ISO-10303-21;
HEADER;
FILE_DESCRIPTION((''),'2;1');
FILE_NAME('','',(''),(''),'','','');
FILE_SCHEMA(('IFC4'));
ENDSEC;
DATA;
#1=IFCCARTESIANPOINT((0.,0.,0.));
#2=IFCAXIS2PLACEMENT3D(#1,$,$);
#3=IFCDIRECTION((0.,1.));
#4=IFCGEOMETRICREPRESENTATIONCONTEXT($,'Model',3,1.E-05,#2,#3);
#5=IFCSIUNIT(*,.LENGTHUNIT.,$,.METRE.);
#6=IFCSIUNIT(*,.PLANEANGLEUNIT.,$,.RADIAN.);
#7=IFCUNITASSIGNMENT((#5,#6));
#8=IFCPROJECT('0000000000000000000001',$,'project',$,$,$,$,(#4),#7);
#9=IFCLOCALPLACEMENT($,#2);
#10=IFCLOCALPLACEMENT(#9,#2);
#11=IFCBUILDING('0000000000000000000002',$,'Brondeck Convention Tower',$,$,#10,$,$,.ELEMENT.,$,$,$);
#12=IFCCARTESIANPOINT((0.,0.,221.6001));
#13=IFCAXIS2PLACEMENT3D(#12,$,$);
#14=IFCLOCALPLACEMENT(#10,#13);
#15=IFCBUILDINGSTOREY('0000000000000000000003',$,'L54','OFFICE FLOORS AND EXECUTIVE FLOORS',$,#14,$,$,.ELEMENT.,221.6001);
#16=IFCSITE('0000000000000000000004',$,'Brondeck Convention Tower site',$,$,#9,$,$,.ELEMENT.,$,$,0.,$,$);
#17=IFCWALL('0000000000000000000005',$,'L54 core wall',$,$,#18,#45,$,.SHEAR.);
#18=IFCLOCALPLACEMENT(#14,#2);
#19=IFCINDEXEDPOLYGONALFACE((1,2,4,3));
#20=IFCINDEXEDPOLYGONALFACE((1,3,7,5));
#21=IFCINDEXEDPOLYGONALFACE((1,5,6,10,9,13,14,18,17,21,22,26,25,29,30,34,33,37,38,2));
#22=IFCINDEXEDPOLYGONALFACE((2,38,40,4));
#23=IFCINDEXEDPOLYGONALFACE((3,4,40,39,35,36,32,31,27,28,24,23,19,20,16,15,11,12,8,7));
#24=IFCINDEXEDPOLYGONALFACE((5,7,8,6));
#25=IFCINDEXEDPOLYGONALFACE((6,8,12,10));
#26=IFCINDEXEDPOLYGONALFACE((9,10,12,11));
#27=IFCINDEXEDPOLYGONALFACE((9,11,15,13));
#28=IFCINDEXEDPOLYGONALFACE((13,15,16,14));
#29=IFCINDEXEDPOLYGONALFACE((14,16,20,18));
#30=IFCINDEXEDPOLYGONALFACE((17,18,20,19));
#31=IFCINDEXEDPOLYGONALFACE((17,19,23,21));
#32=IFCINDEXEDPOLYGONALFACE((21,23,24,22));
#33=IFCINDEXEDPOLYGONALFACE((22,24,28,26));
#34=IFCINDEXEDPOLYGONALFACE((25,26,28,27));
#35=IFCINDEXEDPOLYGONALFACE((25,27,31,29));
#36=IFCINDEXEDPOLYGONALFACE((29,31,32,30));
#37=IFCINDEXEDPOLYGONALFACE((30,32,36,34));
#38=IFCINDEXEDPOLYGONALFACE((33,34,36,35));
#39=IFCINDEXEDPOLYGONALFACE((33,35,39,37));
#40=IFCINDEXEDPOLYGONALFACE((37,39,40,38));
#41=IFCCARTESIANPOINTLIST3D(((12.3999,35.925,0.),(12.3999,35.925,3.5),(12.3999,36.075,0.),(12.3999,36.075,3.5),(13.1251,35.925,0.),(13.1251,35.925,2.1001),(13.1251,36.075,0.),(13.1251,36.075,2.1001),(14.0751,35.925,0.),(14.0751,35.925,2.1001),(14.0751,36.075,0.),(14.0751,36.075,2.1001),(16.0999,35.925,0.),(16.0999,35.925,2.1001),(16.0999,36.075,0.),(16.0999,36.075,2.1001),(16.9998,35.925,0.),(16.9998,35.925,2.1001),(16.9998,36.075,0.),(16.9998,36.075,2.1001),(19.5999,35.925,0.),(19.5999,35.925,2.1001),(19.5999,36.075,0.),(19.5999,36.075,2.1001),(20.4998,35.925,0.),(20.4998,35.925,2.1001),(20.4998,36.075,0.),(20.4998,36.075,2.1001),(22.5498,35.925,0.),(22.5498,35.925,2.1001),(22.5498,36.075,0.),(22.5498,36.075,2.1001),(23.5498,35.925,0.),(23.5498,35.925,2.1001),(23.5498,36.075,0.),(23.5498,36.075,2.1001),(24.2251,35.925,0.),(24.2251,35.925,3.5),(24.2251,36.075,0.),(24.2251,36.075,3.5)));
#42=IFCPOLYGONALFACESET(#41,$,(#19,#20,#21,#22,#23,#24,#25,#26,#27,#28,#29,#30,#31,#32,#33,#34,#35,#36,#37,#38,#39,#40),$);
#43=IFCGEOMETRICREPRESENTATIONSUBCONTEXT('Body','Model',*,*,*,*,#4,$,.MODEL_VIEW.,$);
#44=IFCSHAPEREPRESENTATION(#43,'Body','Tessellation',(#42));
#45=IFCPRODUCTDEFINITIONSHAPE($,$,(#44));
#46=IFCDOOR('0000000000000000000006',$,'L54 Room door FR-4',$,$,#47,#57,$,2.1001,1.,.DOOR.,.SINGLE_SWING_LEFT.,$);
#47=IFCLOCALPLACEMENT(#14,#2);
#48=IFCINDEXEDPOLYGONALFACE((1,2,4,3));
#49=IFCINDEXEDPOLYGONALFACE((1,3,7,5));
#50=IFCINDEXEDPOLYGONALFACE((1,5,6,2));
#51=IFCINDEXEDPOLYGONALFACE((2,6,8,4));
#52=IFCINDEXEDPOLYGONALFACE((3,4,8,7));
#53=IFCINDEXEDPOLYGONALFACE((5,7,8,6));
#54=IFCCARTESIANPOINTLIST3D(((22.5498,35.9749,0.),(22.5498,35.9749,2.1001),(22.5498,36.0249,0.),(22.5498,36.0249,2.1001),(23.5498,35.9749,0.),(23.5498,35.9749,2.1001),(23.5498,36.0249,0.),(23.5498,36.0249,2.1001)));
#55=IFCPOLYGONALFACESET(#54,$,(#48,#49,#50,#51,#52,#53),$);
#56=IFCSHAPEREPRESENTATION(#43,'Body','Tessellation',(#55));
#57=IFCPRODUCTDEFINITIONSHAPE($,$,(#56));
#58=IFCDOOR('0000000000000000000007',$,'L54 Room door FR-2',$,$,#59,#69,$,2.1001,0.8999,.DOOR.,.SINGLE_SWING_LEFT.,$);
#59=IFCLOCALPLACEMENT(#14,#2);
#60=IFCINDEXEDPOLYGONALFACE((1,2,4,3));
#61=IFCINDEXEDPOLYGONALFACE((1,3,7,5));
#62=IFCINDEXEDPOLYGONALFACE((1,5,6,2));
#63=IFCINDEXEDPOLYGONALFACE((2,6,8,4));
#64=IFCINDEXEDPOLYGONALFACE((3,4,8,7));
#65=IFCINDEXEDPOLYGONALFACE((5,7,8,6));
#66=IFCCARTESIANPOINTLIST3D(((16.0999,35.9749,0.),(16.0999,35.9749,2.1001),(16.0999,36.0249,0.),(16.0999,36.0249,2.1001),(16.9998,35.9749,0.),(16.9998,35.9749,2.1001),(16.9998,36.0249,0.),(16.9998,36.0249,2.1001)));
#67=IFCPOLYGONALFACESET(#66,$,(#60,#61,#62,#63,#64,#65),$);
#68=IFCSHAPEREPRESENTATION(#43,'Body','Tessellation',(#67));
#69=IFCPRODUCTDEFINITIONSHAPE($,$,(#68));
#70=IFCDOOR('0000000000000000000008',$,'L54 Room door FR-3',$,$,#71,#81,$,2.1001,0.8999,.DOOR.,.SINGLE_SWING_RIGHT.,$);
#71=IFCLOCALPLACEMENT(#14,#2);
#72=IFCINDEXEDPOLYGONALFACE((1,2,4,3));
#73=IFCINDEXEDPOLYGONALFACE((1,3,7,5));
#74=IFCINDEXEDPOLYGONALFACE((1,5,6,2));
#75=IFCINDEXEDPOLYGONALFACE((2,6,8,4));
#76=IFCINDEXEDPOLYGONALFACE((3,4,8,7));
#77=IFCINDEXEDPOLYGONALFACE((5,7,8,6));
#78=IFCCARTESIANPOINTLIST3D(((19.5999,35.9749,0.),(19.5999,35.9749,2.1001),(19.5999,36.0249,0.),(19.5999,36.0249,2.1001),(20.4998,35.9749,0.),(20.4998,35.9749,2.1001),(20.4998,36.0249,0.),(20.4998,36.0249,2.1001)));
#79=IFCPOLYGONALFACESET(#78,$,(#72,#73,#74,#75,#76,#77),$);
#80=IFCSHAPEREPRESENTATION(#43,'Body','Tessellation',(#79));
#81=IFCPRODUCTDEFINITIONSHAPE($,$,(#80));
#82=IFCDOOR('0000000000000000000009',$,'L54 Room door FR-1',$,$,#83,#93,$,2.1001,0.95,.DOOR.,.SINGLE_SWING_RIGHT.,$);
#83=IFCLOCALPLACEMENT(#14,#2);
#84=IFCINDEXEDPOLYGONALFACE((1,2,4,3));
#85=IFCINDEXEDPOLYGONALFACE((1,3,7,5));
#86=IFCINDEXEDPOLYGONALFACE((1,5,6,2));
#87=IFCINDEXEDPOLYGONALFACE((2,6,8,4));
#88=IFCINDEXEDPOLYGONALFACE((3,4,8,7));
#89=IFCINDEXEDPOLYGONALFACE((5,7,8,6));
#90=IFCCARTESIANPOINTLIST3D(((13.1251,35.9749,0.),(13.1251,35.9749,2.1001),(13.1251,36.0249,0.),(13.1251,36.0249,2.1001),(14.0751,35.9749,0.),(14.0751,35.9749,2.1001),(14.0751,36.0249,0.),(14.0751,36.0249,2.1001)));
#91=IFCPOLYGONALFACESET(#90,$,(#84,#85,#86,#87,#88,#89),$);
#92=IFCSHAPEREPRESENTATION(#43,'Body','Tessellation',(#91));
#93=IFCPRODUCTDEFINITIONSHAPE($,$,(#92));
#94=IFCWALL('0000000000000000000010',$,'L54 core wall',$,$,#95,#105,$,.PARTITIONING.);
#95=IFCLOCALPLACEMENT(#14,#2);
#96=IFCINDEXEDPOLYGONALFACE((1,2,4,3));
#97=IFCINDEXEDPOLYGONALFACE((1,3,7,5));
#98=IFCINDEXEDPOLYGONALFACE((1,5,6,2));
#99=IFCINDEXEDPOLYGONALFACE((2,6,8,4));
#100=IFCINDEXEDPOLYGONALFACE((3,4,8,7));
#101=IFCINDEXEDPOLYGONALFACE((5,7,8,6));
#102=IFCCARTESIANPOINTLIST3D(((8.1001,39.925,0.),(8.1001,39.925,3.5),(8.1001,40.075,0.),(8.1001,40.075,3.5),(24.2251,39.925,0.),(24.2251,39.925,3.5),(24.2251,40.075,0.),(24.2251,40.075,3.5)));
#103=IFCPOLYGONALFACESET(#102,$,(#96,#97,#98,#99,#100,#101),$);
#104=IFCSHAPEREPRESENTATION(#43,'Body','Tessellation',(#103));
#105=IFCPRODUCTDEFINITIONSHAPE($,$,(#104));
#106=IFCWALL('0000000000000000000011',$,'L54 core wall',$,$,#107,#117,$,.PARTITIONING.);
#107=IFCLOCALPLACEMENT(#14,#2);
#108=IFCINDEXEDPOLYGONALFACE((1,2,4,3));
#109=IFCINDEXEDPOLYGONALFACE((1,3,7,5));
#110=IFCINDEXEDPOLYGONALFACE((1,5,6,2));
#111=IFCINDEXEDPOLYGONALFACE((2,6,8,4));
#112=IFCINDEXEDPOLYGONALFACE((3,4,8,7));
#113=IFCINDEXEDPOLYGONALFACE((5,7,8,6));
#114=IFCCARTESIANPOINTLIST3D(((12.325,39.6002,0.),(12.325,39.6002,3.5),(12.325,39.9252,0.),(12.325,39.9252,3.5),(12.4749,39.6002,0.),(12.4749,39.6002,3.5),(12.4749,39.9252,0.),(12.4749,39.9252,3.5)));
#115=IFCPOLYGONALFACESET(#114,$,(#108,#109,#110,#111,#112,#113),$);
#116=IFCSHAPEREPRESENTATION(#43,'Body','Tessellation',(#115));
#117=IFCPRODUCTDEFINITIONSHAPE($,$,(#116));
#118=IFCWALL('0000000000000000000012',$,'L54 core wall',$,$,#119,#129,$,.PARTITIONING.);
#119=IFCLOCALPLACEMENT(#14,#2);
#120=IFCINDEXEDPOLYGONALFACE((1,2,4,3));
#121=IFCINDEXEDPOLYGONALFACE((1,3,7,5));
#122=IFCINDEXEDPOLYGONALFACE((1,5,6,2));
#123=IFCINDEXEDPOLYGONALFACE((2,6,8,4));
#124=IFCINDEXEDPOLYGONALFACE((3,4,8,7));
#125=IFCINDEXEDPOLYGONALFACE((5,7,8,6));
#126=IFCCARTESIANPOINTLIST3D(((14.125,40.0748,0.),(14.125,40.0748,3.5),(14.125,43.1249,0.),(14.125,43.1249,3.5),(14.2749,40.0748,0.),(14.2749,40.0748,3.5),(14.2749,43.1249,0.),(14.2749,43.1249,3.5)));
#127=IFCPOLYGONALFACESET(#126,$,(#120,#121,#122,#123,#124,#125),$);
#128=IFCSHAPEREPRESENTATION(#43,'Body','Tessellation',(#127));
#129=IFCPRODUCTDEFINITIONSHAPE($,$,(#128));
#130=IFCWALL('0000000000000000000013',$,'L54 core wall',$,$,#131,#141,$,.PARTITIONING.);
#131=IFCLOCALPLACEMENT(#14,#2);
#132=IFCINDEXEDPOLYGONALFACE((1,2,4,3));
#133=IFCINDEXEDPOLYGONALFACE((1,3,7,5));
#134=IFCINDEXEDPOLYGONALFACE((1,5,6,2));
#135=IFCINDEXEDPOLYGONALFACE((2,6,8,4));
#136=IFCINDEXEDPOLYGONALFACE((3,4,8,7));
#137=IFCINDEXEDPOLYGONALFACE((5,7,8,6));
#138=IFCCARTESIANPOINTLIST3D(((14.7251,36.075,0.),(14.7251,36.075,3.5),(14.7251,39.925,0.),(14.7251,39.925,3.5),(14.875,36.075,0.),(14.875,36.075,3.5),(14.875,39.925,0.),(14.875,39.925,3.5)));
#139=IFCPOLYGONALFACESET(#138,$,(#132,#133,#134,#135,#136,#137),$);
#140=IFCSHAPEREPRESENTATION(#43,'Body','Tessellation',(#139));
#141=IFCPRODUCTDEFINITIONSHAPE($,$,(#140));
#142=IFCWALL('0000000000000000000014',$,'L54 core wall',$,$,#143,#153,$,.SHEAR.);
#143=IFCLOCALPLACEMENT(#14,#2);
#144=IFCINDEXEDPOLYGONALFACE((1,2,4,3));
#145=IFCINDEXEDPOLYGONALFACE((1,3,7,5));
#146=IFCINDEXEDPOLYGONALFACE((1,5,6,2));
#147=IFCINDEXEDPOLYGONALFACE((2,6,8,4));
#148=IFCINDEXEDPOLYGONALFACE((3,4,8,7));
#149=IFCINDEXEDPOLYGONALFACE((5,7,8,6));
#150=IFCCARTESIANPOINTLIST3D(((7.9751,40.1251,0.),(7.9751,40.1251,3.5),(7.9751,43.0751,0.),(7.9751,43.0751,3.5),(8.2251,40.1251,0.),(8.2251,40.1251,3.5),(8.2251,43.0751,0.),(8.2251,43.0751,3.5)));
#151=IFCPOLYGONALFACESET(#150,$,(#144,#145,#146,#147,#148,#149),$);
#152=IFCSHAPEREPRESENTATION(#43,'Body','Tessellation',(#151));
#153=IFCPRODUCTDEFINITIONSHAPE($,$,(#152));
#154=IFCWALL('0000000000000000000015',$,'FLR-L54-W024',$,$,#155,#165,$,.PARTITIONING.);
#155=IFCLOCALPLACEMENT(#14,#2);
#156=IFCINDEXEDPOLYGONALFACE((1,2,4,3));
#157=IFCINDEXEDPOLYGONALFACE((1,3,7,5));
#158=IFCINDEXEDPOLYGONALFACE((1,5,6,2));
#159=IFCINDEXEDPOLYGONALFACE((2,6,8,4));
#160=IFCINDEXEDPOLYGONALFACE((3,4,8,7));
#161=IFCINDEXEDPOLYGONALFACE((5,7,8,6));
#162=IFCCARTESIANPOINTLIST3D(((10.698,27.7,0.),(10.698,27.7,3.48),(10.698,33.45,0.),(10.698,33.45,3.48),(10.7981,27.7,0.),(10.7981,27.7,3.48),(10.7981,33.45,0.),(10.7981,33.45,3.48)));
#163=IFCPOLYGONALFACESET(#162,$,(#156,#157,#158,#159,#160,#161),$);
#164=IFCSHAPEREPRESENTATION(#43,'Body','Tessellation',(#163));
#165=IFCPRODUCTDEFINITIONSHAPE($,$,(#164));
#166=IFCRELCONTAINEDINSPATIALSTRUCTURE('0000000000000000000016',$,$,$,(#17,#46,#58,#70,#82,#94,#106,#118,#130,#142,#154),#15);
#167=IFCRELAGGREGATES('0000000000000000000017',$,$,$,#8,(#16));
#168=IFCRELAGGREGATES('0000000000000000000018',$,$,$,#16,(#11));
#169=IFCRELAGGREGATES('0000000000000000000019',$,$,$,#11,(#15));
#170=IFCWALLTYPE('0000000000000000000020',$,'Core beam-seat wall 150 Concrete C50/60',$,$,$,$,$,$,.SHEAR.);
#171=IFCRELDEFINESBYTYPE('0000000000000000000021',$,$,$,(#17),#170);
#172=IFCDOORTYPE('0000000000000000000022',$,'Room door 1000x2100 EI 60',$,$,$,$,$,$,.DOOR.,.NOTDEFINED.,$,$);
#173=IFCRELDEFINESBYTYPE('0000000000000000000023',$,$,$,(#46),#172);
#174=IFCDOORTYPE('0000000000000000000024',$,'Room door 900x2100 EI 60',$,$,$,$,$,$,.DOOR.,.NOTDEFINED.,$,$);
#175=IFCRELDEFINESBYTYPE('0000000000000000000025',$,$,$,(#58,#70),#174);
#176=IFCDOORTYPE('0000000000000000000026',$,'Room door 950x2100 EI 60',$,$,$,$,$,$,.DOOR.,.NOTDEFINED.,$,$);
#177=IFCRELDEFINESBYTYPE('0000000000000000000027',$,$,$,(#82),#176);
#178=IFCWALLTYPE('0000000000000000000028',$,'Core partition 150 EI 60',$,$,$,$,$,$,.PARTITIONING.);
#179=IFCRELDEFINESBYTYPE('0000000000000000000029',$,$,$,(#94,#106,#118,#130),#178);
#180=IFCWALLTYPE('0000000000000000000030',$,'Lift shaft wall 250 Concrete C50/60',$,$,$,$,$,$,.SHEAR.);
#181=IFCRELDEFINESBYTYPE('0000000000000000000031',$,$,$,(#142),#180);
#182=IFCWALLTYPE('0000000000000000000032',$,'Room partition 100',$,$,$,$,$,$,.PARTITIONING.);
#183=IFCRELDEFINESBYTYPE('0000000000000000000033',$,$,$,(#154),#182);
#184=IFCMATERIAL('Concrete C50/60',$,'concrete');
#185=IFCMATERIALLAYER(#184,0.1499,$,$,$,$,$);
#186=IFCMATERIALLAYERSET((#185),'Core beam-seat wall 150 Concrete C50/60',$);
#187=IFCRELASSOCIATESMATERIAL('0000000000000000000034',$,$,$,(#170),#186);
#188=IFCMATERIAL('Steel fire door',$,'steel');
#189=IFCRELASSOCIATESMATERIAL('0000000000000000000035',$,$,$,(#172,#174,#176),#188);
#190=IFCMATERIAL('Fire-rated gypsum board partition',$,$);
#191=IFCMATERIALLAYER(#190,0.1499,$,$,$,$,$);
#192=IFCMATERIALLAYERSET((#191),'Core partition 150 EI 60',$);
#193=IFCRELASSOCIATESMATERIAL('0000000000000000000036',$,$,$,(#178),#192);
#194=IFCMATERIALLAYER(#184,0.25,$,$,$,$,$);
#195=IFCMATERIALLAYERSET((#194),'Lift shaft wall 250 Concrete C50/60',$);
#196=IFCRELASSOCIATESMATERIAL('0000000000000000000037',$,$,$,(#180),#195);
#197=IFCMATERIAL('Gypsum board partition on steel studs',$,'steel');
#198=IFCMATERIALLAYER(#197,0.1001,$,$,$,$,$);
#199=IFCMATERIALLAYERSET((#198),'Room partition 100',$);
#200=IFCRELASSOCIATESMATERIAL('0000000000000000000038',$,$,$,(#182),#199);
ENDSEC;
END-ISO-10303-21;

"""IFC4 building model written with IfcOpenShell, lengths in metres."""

from ifc_helpers import new_model, si_unit, direction, frame, frame_2d, origin, place, context, subcontext, project, spatial, rectangle, extrude, material, layer, layer_set, type_object, element, fill, save


model = new_model("IFC4")

# Units and contexts
model_context = context("Model", 3, precision=1e-05, world=origin(), true_north=direction((0.0, 1.0)))
body_context = subcontext(model_context, "Body", "Model", "MODEL_VIEW")
ifc_project = project(units=[si_unit("LENGTHUNIT", "METRE"), si_unit("PLANEANGLEUNIT", "RADIAN")], contexts=[model_context])

# Site, building, storey
site_placement = place(None, origin())
site = spatial("IfcSite", under=ifc_project, at=site_placement, Name="Brondeck Convention Tower site", CompositionType="ELEMENT", RefElevation=0.0)
building_placement = place(site_placement, origin())
building = spatial("IfcBuilding", under=site, at=building_placement, Name="Brondeck Convention Tower", CompositionType="ELEMENT")
storey_placement = place(building_placement, frame((0.0, 0.0, 221.6001)))
storey = spatial("IfcBuildingStorey", under=building, at=storey_placement, Name="L54", Description="OFFICE FLOORS AND EXECUTIVE FLOORS", CompositionType="ELEMENT", Elevation=221.6001)

# Shared definitions
ifc_material_1 = material(Name="Concrete C50/60", Category="concrete")

# Wall, openings, doors
ifc_layer_1 = layer(ifc_material_1, 0.1499)
ifc_layer_set_1 = layer_set([ifc_layer_1], Name="Core beam-seat wall 150 Concrete C50/60")
wall_type_1 = type_object("IfcWallType", Name="Core beam-seat wall 150 Concrete C50/60", PredefinedType="SHEAR", material=ifc_layer_set_1)
wall_1_placement = place(storey_placement, frame((12.3999, 36.0, 0.0), z_axis=(0.0, 0.0, 1.0), x_axis=(1.0, 0.0, 0.0)))
wall_1 = element("IfcWall", 1, at=wall_1_placement, inside=storey, type_object=wall_type_1, Name="L54 core wall", PredefinedType="SHEAR", context=body_context, shape_type="SweptSolid", body=[
    extrude(rectangle(XDim=11.8252, YDim=0.1499, at=frame_2d((5.9126, 0.0))), origin(), (0.0, 0.0, 1.0), 3.5),
])
opening_1_placement = place(wall_1_placement, frame((0.7251, 0.0, 0.0)))
opening_1 = element("IfcOpeningElement", 2, at=opening_1_placement, cuts=wall_1, PredefinedType="OPENING", context=body_context, shape_type="SweptSolid", body=[
    extrude(rectangle(XDim=0.95, YDim=2.1001, at=frame_2d((0.4751, 1.05))), frame((0.0, 0.085, 0.0), z_axis=(0.0, -1.0, 0.0), x_axis=(1.0, 0.0, 0.0)), (0.0, 0.0, 1.0), 0.1699),
])
opening_2_placement = place(wall_1_placement, frame((3.7, 0.0, 0.0)))
opening_2 = element("IfcOpeningElement", 3, at=opening_2_placement, cuts=wall_1, PredefinedType="OPENING", context=body_context, shape_type="SweptSolid", body=[
    extrude(rectangle(XDim=0.8999, YDim=2.1001, at=frame_2d((0.45, 1.05))), frame((0.0, 0.085, 0.0), z_axis=(0.0, -1.0, 0.0), x_axis=(1.0, 0.0, 0.0)), (0.0, 0.0, 1.0), 0.1699),
])
opening_3_placement = place(wall_1_placement, frame((7.2, 0.0, 0.0)))
opening_3 = element("IfcOpeningElement", 4, at=opening_3_placement, cuts=wall_1, PredefinedType="OPENING", context=body_context, shape_type="SweptSolid", body=[
    extrude(rectangle(XDim=0.8999, YDim=2.1001, at=frame_2d((0.45, 1.05))), frame((0.0, 0.085, 0.0), z_axis=(0.0, -1.0, 0.0), x_axis=(1.0, 0.0, 0.0)), (0.0, 0.0, 1.0), 0.1699),
])
opening_4_placement = place(wall_1_placement, frame((10.1499, 0.0, 0.0)))
opening_4 = element("IfcOpeningElement", 5, at=opening_4_placement, cuts=wall_1, PredefinedType="OPENING", context=body_context, shape_type="SweptSolid", body=[
    extrude(rectangle(XDim=1.0, YDim=2.1001, at=frame_2d((0.5, 1.05))), frame((0.0, 0.085, 0.0), z_axis=(0.0, -1.0, 0.0), x_axis=(1.0, 0.0, 0.0)), (0.0, 0.0, 1.0), 0.1699),
])
ifc_material_2 = material(Name="Steel fire door", Category="steel")
door_type_1 = type_object("IfcDoorType", Name="Room door 1000x2100 EI 60", OperationType="NOTDEFINED", PredefinedType="DOOR", material=ifc_material_2)
door_1_placement = place(opening_4_placement, origin())
door_1 = element("IfcDoor", 6, at=door_1_placement, inside=storey, type_object=door_type_1, Name="L54 Room door FR-4", OperationType="SINGLE_SWING_LEFT", OverallHeight=2.1001, OverallWidth=1.0, PredefinedType="DOOR", context=body_context, shape_type="SweptSolid", body=[
    extrude(rectangle(XDim=1.0, YDim=2.1001, at=frame_2d((0.5, 1.05))), frame((0.0, 0.0249, 0.0), z_axis=(0.0, -1.0, 0.0), x_axis=(1.0, 0.0, 0.0)), (0.0, 0.0, 1.0), 0.05),
])
fill(opening_4, door_1)
door_type_2 = type_object("IfcDoorType", Name="Room door 900x2100 EI 60", OperationType="NOTDEFINED", PredefinedType="DOOR", material=ifc_material_2)
door_2_placement = place(opening_2_placement, origin())
door_2 = element("IfcDoor", 7, at=door_2_placement, inside=storey, type_object=door_type_2, Name="L54 Room door FR-2", OperationType="SINGLE_SWING_LEFT", OverallHeight=2.1001, OverallWidth=0.8999, PredefinedType="DOOR", context=body_context, shape_type="SweptSolid", body=[
    extrude(rectangle(XDim=0.8999, YDim=2.1001, at=frame_2d((0.45, 1.05))), frame((0.0, 0.0249, 0.0), z_axis=(0.0, -1.0, 0.0), x_axis=(1.0, 0.0, 0.0)), (0.0, 0.0, 1.0), 0.05),
])
fill(opening_2, door_2)
door_3_placement = place(opening_3_placement, origin())
door_3 = element("IfcDoor", 8, at=door_3_placement, inside=storey, type_object=door_type_2, Name="L54 Room door FR-3", OperationType="SINGLE_SWING_RIGHT", OverallHeight=2.1001, OverallWidth=0.8999, PredefinedType="DOOR", context=body_context, shape_type="SweptSolid", body=[
    extrude(rectangle(XDim=0.8999, YDim=2.1001, at=frame_2d((0.45, 1.05))), frame((0.0, 0.0249, 0.0), z_axis=(0.0, -1.0, 0.0), x_axis=(1.0, 0.0, 0.0)), (0.0, 0.0, 1.0), 0.05),
])
fill(opening_3, door_3)
door_type_3 = type_object("IfcDoorType", Name="Room door 950x2100 EI 60", OperationType="NOTDEFINED", PredefinedType="DOOR", material=ifc_material_2)
door_4_placement = place(opening_1_placement, origin())
door_4 = element("IfcDoor", 9, at=door_4_placement, inside=storey, type_object=door_type_3, Name="L54 Room door FR-1", OperationType="SINGLE_SWING_RIGHT", OverallHeight=2.1001, OverallWidth=0.95, PredefinedType="DOOR", context=body_context, shape_type="SweptSolid", body=[
    extrude(rectangle(XDim=0.95, YDim=2.1001, at=frame_2d((0.4751, 1.05))), frame((0.0, 0.0249, 0.0), z_axis=(0.0, -1.0, 0.0), x_axis=(1.0, 0.0, 0.0)), (0.0, 0.0, 1.0), 0.05),
])
fill(opening_1, door_4)

# Walls
ifc_material_3 = material(Name="Fire-rated gypsum board partition")
ifc_layer_2 = layer(ifc_material_3, 0.1499)
ifc_layer_set_2 = layer_set([ifc_layer_2], Name="Core partition 150 EI 60")
wall_type_2 = type_object("IfcWallType", Name="Core partition 150 EI 60", PredefinedType="PARTITIONING", material=ifc_layer_set_2)
wall_2_placement = place(storey_placement, frame((8.1001, 40.0, 0.0), z_axis=(0.0, 0.0, 1.0), x_axis=(1.0, 0.0, 0.0)))
element("IfcWall", 10, at=wall_2_placement, inside=storey, type_object=wall_type_2, Name="L54 core wall", PredefinedType="PARTITIONING", context=body_context, shape_type="SweptSolid", body=[
    extrude(rectangle(XDim=16.125, YDim=0.1499, at=frame_2d((8.0625, 0.0))), origin(), (0.0, 0.0, 1.0), 3.5),
])
wall_3_placement = place(storey_placement, frame((12.3999, 39.6001, 0.0), z_axis=(0.0, 0.0, 1.0), x_axis=(0.0, 1.0, 0.0)))
element("IfcWall", 11, at=wall_3_placement, inside=storey, type_object=wall_type_2, Name="L54 core wall", PredefinedType="PARTITIONING", context=body_context, shape_type="SweptSolid", body=[
    extrude(rectangle(XDim=0.325, YDim=0.1499, at=frame_2d((0.1626, 0.0))), origin(), (0.0, 0.0, 1.0), 3.5),
])
wall_4_placement = place(storey_placement, frame((14.2, 40.075, 0.0), z_axis=(0.0, 0.0, 1.0), x_axis=(0.0, 1.0, 0.0)))
element("IfcWall", 12, at=wall_4_placement, inside=storey, type_object=wall_type_2, Name="L54 core wall", PredefinedType="PARTITIONING", context=body_context, shape_type="SweptSolid", body=[
    extrude(rectangle(XDim=3.05, YDim=0.1499, at=frame_2d((1.5249, 0.0))), origin(), (0.0, 0.0, 1.0), 3.5),
])
wall_5_placement = place(storey_placement, frame((14.8, 36.075, 0.0), z_axis=(0.0, 0.0, 1.0), x_axis=(0.0, 1.0, 0.0)))
element("IfcWall", 13, at=wall_5_placement, inside=storey, type_object=wall_type_2, Name="L54 core wall", PredefinedType="PARTITIONING", context=body_context, shape_type="SweptSolid", body=[
    extrude(rectangle(XDim=3.8501, YDim=0.1499, at=frame_2d((1.925, 0.0))), origin(), (0.0, 0.0, 1.0), 3.5),
])
ifc_layer_3 = layer(ifc_material_1, 0.25)
ifc_layer_set_3 = layer_set([ifc_layer_3], Name="Lift shaft wall 250 Concrete C50/60")
wall_type_3 = type_object("IfcWallType", Name="Lift shaft wall 250 Concrete C50/60", PredefinedType="SHEAR", material=ifc_layer_set_3)
wall_6_placement = place(storey_placement, frame((8.1001, 40.125, 0.0), z_axis=(0.0, 0.0, 1.0), x_axis=(0.0, 1.0, 0.0)))
element("IfcWall", 14, at=wall_6_placement, inside=storey, type_object=wall_type_3, Name="L54 core wall", PredefinedType="SHEAR", context=body_context, shape_type="SweptSolid", body=[
    extrude(rectangle(XDim=2.95, YDim=0.25, at=frame_2d((1.4751, 0.0))), origin(), (0.0, 0.0, 1.0), 3.5),
])
ifc_material_4 = material(Name="Gypsum board partition on steel studs", Category="steel")
ifc_layer_4 = layer(ifc_material_4, 0.1001)
ifc_layer_set_4 = layer_set([ifc_layer_4], Name="Room partition 100")
wall_type_4 = type_object("IfcWallType", Name="Room partition 100", PredefinedType="PARTITIONING", material=ifc_layer_set_4)
wall_7_placement = place(storey_placement, frame((10.748, 33.45, 0.0), z_axis=(0.0, 0.0, 1.0), x_axis=(0.0, -1.0, 0.0)))
element("IfcWall", 15, at=wall_7_placement, inside=storey, type_object=wall_type_4, Name="FLR-L54-W024", PredefinedType="PARTITIONING", context=body_context, shape_type="SweptSolid", body=[
    extrude(rectangle(XDim=5.75, YDim=0.1001, at=frame_2d((2.875, 0.0))), origin(), (0.0, 0.0, 1.0), 3.48),
])

save(model, "model.ifc")
